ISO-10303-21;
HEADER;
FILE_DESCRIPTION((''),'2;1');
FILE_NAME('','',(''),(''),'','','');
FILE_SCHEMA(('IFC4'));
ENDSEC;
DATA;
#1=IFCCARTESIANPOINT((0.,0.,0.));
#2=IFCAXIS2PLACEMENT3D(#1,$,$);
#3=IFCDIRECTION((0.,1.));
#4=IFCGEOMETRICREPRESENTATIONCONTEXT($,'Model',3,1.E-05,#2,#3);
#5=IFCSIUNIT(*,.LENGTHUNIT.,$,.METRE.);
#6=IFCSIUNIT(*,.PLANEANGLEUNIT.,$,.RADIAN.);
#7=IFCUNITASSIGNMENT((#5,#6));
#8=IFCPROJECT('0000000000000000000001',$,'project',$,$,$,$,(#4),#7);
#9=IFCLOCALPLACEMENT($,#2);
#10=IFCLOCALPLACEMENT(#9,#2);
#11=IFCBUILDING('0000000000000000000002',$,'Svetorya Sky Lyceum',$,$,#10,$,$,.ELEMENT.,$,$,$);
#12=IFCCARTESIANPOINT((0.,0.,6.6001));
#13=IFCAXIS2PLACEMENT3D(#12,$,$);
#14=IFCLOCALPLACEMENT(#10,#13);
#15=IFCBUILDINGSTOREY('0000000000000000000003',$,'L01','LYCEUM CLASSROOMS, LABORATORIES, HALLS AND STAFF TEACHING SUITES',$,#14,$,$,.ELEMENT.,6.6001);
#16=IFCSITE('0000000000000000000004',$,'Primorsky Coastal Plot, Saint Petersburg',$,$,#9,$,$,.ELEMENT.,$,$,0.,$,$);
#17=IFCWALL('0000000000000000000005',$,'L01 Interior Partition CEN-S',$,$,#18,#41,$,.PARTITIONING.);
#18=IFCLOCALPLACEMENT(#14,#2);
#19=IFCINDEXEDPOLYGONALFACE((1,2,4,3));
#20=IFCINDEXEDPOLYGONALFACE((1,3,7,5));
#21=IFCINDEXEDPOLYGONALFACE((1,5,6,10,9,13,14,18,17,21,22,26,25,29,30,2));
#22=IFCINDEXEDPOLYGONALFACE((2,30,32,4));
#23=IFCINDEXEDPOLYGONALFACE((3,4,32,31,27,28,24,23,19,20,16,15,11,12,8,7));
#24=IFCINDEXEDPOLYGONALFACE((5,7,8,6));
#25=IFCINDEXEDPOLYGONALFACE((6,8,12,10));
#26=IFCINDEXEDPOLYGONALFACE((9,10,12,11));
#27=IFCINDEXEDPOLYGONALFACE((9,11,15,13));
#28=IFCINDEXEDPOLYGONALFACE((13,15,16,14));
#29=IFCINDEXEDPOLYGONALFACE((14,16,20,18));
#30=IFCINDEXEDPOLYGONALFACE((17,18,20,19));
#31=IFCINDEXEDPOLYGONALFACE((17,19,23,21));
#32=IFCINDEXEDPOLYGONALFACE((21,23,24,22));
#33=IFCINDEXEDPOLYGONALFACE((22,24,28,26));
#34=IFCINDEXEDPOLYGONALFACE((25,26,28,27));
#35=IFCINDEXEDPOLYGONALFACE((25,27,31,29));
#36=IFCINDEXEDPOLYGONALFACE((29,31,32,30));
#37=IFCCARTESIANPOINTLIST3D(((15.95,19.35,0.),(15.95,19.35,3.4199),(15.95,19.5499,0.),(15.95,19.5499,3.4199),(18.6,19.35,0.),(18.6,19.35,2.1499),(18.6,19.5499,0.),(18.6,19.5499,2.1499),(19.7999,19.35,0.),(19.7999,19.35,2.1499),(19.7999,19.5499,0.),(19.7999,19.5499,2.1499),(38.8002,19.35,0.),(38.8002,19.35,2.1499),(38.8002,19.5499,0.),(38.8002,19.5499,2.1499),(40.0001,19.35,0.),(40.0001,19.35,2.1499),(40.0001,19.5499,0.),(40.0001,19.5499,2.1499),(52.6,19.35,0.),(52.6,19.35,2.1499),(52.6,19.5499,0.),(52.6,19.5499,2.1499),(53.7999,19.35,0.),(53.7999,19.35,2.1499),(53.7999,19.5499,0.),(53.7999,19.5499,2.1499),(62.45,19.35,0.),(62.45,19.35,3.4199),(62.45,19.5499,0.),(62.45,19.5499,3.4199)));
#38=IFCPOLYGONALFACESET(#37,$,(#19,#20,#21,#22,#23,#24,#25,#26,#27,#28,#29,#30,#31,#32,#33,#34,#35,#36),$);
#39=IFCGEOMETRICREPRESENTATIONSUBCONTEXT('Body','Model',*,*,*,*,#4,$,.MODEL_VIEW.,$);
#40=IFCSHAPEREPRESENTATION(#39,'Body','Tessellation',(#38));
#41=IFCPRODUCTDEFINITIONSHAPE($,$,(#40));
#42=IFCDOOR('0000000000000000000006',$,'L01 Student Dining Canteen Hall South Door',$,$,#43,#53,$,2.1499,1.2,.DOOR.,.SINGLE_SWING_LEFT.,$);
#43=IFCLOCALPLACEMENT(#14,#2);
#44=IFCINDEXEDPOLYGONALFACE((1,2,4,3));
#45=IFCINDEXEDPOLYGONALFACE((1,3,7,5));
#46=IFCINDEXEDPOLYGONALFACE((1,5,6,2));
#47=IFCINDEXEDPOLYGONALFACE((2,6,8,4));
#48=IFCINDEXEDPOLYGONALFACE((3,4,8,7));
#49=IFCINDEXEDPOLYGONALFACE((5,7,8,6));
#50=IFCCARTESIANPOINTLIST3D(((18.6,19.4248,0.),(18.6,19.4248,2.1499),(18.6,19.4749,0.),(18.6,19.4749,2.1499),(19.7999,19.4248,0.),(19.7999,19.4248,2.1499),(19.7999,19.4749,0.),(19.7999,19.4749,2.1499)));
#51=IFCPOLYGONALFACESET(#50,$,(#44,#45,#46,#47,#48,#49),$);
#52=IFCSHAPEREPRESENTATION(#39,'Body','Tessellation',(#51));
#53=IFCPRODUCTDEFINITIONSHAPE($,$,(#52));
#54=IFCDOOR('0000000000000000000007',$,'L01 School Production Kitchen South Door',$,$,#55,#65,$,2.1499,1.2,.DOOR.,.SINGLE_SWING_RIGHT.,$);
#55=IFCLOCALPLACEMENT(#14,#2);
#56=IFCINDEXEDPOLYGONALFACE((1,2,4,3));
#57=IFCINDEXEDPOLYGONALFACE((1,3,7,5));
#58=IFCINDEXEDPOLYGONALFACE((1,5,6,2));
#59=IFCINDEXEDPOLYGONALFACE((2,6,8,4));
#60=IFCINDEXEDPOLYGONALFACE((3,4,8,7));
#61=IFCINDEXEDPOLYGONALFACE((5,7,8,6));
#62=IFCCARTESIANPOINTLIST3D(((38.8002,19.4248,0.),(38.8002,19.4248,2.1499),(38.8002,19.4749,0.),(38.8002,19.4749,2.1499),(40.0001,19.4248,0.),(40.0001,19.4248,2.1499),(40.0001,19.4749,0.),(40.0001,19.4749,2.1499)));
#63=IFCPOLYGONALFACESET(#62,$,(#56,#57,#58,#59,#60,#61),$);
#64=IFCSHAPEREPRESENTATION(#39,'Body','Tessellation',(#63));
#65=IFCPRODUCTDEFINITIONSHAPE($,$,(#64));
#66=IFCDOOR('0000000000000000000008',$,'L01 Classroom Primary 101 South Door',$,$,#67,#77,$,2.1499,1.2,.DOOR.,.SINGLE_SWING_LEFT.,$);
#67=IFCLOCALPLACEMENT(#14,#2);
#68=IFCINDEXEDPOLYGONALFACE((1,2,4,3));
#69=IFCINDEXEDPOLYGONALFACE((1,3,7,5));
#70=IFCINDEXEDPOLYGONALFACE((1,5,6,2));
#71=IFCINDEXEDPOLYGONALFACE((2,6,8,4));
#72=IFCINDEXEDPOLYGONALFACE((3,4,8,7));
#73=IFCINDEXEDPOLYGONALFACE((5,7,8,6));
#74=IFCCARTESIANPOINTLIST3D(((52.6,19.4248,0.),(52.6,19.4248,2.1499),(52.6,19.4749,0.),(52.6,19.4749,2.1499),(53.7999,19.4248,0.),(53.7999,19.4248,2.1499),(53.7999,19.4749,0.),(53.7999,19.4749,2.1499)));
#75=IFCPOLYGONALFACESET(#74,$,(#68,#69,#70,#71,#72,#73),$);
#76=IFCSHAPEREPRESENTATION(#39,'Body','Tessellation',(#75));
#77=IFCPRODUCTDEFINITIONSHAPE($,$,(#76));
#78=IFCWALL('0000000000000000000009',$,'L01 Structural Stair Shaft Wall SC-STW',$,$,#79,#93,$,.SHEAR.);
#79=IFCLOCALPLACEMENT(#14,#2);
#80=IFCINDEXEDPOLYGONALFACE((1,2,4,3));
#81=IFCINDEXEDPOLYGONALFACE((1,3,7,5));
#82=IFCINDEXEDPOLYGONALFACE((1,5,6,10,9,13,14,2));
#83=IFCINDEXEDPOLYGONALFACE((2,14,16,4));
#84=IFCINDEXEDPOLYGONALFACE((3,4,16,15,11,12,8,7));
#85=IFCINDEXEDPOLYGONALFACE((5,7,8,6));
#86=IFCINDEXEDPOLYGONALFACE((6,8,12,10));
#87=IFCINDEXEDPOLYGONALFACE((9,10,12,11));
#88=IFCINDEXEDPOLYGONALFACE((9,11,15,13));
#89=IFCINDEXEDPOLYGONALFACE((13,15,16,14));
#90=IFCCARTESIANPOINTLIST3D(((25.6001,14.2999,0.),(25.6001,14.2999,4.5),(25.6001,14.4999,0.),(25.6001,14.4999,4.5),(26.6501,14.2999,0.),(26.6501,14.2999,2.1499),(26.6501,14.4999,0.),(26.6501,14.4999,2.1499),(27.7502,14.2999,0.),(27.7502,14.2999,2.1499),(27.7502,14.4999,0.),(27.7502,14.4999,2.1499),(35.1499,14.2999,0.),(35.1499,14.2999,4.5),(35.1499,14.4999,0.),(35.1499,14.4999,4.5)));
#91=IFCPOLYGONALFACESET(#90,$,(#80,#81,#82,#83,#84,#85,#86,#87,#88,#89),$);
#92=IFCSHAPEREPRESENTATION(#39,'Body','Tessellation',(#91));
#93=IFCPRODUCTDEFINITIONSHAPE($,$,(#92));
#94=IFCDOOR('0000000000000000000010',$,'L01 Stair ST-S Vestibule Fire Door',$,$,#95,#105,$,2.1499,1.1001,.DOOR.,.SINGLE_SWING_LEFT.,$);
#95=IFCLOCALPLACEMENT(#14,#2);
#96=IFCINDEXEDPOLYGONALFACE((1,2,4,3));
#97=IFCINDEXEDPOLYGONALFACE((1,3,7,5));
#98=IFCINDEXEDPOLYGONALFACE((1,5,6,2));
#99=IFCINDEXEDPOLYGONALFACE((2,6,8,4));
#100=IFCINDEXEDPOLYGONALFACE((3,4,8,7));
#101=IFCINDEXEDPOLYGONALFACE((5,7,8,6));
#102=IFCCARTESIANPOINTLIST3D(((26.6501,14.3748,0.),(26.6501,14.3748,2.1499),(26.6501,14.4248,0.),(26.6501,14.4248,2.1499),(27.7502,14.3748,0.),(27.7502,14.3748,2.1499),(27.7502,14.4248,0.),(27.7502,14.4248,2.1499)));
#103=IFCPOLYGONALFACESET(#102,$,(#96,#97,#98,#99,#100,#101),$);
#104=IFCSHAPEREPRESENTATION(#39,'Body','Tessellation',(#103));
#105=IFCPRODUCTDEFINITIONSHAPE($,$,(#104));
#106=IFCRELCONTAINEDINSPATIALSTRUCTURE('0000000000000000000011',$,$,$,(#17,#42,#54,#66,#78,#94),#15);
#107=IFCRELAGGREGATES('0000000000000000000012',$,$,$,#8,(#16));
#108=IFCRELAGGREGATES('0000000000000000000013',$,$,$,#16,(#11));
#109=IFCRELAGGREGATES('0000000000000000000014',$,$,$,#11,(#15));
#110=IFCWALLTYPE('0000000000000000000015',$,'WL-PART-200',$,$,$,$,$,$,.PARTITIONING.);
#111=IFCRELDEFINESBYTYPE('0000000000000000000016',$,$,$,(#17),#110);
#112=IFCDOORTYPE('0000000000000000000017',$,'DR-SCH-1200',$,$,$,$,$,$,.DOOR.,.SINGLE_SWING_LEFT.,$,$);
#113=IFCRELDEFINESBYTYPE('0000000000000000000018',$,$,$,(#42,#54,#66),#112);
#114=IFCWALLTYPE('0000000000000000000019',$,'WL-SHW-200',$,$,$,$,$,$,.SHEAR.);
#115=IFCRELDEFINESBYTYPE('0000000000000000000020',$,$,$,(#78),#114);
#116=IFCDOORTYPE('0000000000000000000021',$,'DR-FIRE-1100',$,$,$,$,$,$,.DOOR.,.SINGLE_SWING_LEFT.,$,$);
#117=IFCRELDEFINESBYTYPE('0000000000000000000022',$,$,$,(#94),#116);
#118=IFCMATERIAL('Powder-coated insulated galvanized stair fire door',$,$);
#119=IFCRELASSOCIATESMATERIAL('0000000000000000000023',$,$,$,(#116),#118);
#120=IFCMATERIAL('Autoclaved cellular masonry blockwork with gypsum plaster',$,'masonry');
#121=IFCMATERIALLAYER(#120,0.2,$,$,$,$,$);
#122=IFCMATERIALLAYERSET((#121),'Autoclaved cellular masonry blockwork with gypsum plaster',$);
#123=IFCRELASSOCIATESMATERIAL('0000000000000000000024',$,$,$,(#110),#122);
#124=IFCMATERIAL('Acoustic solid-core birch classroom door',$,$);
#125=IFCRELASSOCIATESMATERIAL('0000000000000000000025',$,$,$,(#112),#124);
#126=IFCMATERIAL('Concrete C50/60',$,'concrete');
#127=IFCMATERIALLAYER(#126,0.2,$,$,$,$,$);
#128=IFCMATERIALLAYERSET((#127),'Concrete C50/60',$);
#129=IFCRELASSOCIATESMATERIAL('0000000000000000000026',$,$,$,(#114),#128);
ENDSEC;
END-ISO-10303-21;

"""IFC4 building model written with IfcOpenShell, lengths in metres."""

from ifc_helpers import new_model, si_unit, direction, frame, frame_2d, origin, place, context, subcontext, project, spatial, rectangle, extrude, material, layer, layer_set, type_object, element, fill, save


model = new_model("IFC4")

# Units and contexts
model_context = context("Model", 3, precision=1e-05, world=origin(), true_north=direction((0.0, 1.0)))
body_context = subcontext(model_context, "Body", "Model", "MODEL_VIEW")
ifc_project = project(units=[si_unit("LENGTHUNIT", "METRE"), si_unit("PLANEANGLEUNIT", "RADIAN")], contexts=[model_context])

# Site, building, storey
site_placement = place(None, origin())
site = spatial("IfcSite", under=ifc_project, at=site_placement, Name="Primorsky Coastal Plot, Saint Petersburg", CompositionType="ELEMENT", RefElevation=0.0)
building_placement = place(site_placement, origin())
building = spatial("IfcBuilding", under=site, at=building_placement, Name="Svetorya Sky Lyceum", CompositionType="ELEMENT")
storey_placement = place(building_placement, frame((0.0, 0.0, 6.6001)))
storey = spatial("IfcBuildingStorey", under=building, at=storey_placement, Name="L01", Description="LYCEUM CLASSROOMS, LABORATORIES, HALLS AND STAFF TEACHING SUITES", CompositionType="ELEMENT", Elevation=6.6001)

# Shared definitions
ifc_material_1 = material(Name="Powder-coated insulated galvanized stair fire door")
door_type_1 = type_object("IfcDoorType", Name="DR-FIRE-1100", OperationType="SINGLE_SWING_LEFT", PredefinedType="DOOR", material=ifc_material_1)

# Wall, openings, doors
ifc_material_2 = material(Name="Autoclaved cellular masonry blockwork with gypsum plaster", Category="masonry")
ifc_layer_1 = layer(ifc_material_2, 0.2)
ifc_layer_set_1 = layer_set([ifc_layer_1], Name="Autoclaved cellular masonry blockwork with gypsum plaster")
wall_type_1 = type_object("IfcWallType", Name="WL-PART-200", PredefinedType="PARTITIONING", material=ifc_layer_set_1)
wall_1_placement = place(storey_placement, frame((15.95, 19.45, 0.0), z_axis=(0.0, 0.0, 1.0), x_axis=(1.0, 0.0, 0.0)))
wall_1 = element("IfcWall", 1, at=wall_1_placement, inside=storey, type_object=wall_type_1, Name="L01 Interior Partition CEN-S", PredefinedType="PARTITIONING", context=body_context, shape_type="SweptSolid", body=[
    extrude(rectangle(XDim=46.5, YDim=0.2, at=frame_2d((23.25, 0.0))), origin(), (0.0, 0.0, 1.0), 3.4199),
])
opening_1_placement = place(wall_1_placement, frame((2.6499, 0.0, 0.0)))
opening_1 = element("IfcOpeningElement", 2, at=opening_1_placement, cuts=wall_1, PredefinedType="OPENING", context=body_context, shape_type="SweptSolid", body=[
    extrude(rectangle(XDim=1.2, YDim=2.1499, at=frame_2d((0.6001, 1.075))), frame((0.0, 0.1099, 0.0), z_axis=(0.0, -1.0, 0.0), x_axis=(1.0, 0.0, 0.0)), (0.0, 0.0, 1.0), 0.22),
])
opening_2_placement = place(wall_1_placement, frame((22.8501, 0.0, 0.0)))
opening_2 = element("IfcOpeningElement", 3, at=opening_2_placement, cuts=wall_1, PredefinedType="OPENING", context=body_context, shape_type="SweptSolid", body=[
    extrude(rectangle(XDim=1.2, YDim=2.1499, at=frame_2d((0.6001, 1.075))), frame((0.0, 0.1099, 0.0), z_axis=(0.0, -1.0, 0.0), x_axis=(1.0, 0.0, 0.0)), (0.0, 0.0, 1.0), 0.22),
])
opening_3_placement = place(wall_1_placement, frame((36.6499, 0.0, 0.0)))
opening_3 = element("IfcOpeningElement", 4, at=opening_3_placement, cuts=wall_1, PredefinedType="OPENING", context=body_context, shape_type="SweptSolid", body=[
    extrude(rectangle(XDim=1.2, YDim=2.1499, at=frame_2d((0.6001, 1.075))), frame((0.0, 0.1099, 0.0), z_axis=(0.0, -1.0, 0.0), x_axis=(1.0, 0.0, 0.0)), (0.0, 0.0, 1.0), 0.22),
])
ifc_material_3 = material(Name="Acoustic solid-core birch classroom door")
door_type_2 = type_object("IfcDoorType", Name="DR-SCH-1200", OperationType="SINGLE_SWING_LEFT", PredefinedType="DOOR", material=ifc_material_3)
door_1_placement = place(opening_1_placement, origin())
door_1 = element("IfcDoor", 5, at=door_1_placement, inside=storey, type_object=door_type_2, Name="L01 Student Dining Canteen Hall South Door", OperationType="SINGLE_SWING_LEFT", OverallHeight=2.1499, OverallWidth=1.2, PredefinedType="DOOR", context=body_context, shape_type="SweptSolid", body=[
    extrude(rectangle(XDim=1.2, YDim=2.1499, at=frame_2d((0.6001, 1.075))), frame((0.0, 0.0249, 0.0), z_axis=(0.0, -1.0, 0.0), x_axis=(1.0, 0.0, 0.0)), (0.0, 0.0, 1.0), 0.05),
])
fill(opening_1, door_1)
door_2_placement = place(opening_2_placement, origin())
door_2 = element("IfcDoor", 6, at=door_2_placement, inside=storey, type_object=door_type_2, Name="L01 School Production Kitchen South Door", OperationType="SINGLE_SWING_RIGHT", OverallHeight=2.1499, OverallWidth=1.2, PredefinedType="DOOR", context=body_context, shape_type="SweptSolid", body=[
    extrude(rectangle(XDim=1.2, YDim=2.1499, at=frame_2d((0.6001, 1.075))), frame((0.0, 0.0249, 0.0), z_axis=(0.0, -1.0, 0.0), x_axis=(1.0, 0.0, 0.0)), (0.0, 0.0, 1.0), 0.05),
])
fill(opening_2, door_2)
door_3_placement = place(opening_3_placement, origin())
door_3 = element("IfcDoor", 7, at=door_3_placement, inside=storey, type_object=door_type_2, Name="L01 Classroom Primary 101 South Door", OperationType="SINGLE_SWING_LEFT", OverallHeight=2.1499, OverallWidth=1.2, PredefinedType="DOOR", context=body_context, shape_type="SweptSolid", body=[
    extrude(rectangle(XDim=1.2, YDim=2.1499, at=frame_2d((0.6001, 1.075))), frame((0.0, 0.0249, 0.0), z_axis=(0.0, -1.0, 0.0), x_axis=(1.0, 0.0, 0.0)), (0.0, 0.0, 1.0), 0.05),
])
fill(opening_3, door_3)

# Wall, opening, door
ifc_material_4 = material(Name="Concrete C50/60", Category="concrete")
ifc_layer_2 = layer(ifc_material_4, 0.2)
ifc_layer_set_2 = layer_set([ifc_layer_2], Name="Concrete C50/60")
wall_type_2 = type_object("IfcWallType", Name="WL-SHW-200", PredefinedType="SHEAR", material=ifc_layer_set_2)
wall_2_placement = place(storey_placement, frame((25.6001, 14.3999, 0.0), z_axis=(0.0, 0.0, 1.0), x_axis=(1.0, 0.0, 0.0)))
wall_2 = element("IfcWall", 8, at=wall_2_placement, inside=storey, type_object=wall_type_2, Name="L01 Structural Stair Shaft Wall SC-STW", PredefinedType="SHEAR", context=body_context, shape_type="SweptSolid", body=[
    extrude(rectangle(XDim=9.5498, YDim=0.2, at=frame_2d((4.7749, 0.0))), origin(), (0.0, 0.0, 1.0), 4.5),
])
opening_4_placement = place(wall_2_placement, frame((1.05, 0.0, 0.0)))
opening_4 = element("IfcOpeningElement", 9, at=opening_4_placement, cuts=wall_2, PredefinedType="OPENING", context=body_context, shape_type="SweptSolid", body=[
    extrude(rectangle(XDim=1.1001, YDim=2.1499, at=frame_2d((0.55, 1.075))), frame((0.0, 0.1099, 0.0), z_axis=(0.0, -1.0, 0.0), x_axis=(1.0, 0.0, 0.0)), (0.0, 0.0, 1.0), 0.22),
])
door_4_placement = place(opening_4_placement, origin())
door_4 = element("IfcDoor", 10, at=door_4_placement, inside=storey, type_object=door_type_1, Name="L01 Stair ST-S Vestibule Fire Door", OperationType="SINGLE_SWING_LEFT", OverallHeight=2.1499, OverallWidth=1.1001, PredefinedType="DOOR", context=body_context, shape_type="SweptSolid", body=[
    extrude(rectangle(XDim=1.1001, YDim=2.1499, at=frame_2d((0.55, 1.075))), frame((0.0, 0.0249, 0.0), z_axis=(0.0, -1.0, 0.0), x_axis=(1.0, 0.0, 0.0)), (0.0, 0.0, 1.0), 0.05),
])
fill(opening_4, door_4)

save(model, "model.ifc")
